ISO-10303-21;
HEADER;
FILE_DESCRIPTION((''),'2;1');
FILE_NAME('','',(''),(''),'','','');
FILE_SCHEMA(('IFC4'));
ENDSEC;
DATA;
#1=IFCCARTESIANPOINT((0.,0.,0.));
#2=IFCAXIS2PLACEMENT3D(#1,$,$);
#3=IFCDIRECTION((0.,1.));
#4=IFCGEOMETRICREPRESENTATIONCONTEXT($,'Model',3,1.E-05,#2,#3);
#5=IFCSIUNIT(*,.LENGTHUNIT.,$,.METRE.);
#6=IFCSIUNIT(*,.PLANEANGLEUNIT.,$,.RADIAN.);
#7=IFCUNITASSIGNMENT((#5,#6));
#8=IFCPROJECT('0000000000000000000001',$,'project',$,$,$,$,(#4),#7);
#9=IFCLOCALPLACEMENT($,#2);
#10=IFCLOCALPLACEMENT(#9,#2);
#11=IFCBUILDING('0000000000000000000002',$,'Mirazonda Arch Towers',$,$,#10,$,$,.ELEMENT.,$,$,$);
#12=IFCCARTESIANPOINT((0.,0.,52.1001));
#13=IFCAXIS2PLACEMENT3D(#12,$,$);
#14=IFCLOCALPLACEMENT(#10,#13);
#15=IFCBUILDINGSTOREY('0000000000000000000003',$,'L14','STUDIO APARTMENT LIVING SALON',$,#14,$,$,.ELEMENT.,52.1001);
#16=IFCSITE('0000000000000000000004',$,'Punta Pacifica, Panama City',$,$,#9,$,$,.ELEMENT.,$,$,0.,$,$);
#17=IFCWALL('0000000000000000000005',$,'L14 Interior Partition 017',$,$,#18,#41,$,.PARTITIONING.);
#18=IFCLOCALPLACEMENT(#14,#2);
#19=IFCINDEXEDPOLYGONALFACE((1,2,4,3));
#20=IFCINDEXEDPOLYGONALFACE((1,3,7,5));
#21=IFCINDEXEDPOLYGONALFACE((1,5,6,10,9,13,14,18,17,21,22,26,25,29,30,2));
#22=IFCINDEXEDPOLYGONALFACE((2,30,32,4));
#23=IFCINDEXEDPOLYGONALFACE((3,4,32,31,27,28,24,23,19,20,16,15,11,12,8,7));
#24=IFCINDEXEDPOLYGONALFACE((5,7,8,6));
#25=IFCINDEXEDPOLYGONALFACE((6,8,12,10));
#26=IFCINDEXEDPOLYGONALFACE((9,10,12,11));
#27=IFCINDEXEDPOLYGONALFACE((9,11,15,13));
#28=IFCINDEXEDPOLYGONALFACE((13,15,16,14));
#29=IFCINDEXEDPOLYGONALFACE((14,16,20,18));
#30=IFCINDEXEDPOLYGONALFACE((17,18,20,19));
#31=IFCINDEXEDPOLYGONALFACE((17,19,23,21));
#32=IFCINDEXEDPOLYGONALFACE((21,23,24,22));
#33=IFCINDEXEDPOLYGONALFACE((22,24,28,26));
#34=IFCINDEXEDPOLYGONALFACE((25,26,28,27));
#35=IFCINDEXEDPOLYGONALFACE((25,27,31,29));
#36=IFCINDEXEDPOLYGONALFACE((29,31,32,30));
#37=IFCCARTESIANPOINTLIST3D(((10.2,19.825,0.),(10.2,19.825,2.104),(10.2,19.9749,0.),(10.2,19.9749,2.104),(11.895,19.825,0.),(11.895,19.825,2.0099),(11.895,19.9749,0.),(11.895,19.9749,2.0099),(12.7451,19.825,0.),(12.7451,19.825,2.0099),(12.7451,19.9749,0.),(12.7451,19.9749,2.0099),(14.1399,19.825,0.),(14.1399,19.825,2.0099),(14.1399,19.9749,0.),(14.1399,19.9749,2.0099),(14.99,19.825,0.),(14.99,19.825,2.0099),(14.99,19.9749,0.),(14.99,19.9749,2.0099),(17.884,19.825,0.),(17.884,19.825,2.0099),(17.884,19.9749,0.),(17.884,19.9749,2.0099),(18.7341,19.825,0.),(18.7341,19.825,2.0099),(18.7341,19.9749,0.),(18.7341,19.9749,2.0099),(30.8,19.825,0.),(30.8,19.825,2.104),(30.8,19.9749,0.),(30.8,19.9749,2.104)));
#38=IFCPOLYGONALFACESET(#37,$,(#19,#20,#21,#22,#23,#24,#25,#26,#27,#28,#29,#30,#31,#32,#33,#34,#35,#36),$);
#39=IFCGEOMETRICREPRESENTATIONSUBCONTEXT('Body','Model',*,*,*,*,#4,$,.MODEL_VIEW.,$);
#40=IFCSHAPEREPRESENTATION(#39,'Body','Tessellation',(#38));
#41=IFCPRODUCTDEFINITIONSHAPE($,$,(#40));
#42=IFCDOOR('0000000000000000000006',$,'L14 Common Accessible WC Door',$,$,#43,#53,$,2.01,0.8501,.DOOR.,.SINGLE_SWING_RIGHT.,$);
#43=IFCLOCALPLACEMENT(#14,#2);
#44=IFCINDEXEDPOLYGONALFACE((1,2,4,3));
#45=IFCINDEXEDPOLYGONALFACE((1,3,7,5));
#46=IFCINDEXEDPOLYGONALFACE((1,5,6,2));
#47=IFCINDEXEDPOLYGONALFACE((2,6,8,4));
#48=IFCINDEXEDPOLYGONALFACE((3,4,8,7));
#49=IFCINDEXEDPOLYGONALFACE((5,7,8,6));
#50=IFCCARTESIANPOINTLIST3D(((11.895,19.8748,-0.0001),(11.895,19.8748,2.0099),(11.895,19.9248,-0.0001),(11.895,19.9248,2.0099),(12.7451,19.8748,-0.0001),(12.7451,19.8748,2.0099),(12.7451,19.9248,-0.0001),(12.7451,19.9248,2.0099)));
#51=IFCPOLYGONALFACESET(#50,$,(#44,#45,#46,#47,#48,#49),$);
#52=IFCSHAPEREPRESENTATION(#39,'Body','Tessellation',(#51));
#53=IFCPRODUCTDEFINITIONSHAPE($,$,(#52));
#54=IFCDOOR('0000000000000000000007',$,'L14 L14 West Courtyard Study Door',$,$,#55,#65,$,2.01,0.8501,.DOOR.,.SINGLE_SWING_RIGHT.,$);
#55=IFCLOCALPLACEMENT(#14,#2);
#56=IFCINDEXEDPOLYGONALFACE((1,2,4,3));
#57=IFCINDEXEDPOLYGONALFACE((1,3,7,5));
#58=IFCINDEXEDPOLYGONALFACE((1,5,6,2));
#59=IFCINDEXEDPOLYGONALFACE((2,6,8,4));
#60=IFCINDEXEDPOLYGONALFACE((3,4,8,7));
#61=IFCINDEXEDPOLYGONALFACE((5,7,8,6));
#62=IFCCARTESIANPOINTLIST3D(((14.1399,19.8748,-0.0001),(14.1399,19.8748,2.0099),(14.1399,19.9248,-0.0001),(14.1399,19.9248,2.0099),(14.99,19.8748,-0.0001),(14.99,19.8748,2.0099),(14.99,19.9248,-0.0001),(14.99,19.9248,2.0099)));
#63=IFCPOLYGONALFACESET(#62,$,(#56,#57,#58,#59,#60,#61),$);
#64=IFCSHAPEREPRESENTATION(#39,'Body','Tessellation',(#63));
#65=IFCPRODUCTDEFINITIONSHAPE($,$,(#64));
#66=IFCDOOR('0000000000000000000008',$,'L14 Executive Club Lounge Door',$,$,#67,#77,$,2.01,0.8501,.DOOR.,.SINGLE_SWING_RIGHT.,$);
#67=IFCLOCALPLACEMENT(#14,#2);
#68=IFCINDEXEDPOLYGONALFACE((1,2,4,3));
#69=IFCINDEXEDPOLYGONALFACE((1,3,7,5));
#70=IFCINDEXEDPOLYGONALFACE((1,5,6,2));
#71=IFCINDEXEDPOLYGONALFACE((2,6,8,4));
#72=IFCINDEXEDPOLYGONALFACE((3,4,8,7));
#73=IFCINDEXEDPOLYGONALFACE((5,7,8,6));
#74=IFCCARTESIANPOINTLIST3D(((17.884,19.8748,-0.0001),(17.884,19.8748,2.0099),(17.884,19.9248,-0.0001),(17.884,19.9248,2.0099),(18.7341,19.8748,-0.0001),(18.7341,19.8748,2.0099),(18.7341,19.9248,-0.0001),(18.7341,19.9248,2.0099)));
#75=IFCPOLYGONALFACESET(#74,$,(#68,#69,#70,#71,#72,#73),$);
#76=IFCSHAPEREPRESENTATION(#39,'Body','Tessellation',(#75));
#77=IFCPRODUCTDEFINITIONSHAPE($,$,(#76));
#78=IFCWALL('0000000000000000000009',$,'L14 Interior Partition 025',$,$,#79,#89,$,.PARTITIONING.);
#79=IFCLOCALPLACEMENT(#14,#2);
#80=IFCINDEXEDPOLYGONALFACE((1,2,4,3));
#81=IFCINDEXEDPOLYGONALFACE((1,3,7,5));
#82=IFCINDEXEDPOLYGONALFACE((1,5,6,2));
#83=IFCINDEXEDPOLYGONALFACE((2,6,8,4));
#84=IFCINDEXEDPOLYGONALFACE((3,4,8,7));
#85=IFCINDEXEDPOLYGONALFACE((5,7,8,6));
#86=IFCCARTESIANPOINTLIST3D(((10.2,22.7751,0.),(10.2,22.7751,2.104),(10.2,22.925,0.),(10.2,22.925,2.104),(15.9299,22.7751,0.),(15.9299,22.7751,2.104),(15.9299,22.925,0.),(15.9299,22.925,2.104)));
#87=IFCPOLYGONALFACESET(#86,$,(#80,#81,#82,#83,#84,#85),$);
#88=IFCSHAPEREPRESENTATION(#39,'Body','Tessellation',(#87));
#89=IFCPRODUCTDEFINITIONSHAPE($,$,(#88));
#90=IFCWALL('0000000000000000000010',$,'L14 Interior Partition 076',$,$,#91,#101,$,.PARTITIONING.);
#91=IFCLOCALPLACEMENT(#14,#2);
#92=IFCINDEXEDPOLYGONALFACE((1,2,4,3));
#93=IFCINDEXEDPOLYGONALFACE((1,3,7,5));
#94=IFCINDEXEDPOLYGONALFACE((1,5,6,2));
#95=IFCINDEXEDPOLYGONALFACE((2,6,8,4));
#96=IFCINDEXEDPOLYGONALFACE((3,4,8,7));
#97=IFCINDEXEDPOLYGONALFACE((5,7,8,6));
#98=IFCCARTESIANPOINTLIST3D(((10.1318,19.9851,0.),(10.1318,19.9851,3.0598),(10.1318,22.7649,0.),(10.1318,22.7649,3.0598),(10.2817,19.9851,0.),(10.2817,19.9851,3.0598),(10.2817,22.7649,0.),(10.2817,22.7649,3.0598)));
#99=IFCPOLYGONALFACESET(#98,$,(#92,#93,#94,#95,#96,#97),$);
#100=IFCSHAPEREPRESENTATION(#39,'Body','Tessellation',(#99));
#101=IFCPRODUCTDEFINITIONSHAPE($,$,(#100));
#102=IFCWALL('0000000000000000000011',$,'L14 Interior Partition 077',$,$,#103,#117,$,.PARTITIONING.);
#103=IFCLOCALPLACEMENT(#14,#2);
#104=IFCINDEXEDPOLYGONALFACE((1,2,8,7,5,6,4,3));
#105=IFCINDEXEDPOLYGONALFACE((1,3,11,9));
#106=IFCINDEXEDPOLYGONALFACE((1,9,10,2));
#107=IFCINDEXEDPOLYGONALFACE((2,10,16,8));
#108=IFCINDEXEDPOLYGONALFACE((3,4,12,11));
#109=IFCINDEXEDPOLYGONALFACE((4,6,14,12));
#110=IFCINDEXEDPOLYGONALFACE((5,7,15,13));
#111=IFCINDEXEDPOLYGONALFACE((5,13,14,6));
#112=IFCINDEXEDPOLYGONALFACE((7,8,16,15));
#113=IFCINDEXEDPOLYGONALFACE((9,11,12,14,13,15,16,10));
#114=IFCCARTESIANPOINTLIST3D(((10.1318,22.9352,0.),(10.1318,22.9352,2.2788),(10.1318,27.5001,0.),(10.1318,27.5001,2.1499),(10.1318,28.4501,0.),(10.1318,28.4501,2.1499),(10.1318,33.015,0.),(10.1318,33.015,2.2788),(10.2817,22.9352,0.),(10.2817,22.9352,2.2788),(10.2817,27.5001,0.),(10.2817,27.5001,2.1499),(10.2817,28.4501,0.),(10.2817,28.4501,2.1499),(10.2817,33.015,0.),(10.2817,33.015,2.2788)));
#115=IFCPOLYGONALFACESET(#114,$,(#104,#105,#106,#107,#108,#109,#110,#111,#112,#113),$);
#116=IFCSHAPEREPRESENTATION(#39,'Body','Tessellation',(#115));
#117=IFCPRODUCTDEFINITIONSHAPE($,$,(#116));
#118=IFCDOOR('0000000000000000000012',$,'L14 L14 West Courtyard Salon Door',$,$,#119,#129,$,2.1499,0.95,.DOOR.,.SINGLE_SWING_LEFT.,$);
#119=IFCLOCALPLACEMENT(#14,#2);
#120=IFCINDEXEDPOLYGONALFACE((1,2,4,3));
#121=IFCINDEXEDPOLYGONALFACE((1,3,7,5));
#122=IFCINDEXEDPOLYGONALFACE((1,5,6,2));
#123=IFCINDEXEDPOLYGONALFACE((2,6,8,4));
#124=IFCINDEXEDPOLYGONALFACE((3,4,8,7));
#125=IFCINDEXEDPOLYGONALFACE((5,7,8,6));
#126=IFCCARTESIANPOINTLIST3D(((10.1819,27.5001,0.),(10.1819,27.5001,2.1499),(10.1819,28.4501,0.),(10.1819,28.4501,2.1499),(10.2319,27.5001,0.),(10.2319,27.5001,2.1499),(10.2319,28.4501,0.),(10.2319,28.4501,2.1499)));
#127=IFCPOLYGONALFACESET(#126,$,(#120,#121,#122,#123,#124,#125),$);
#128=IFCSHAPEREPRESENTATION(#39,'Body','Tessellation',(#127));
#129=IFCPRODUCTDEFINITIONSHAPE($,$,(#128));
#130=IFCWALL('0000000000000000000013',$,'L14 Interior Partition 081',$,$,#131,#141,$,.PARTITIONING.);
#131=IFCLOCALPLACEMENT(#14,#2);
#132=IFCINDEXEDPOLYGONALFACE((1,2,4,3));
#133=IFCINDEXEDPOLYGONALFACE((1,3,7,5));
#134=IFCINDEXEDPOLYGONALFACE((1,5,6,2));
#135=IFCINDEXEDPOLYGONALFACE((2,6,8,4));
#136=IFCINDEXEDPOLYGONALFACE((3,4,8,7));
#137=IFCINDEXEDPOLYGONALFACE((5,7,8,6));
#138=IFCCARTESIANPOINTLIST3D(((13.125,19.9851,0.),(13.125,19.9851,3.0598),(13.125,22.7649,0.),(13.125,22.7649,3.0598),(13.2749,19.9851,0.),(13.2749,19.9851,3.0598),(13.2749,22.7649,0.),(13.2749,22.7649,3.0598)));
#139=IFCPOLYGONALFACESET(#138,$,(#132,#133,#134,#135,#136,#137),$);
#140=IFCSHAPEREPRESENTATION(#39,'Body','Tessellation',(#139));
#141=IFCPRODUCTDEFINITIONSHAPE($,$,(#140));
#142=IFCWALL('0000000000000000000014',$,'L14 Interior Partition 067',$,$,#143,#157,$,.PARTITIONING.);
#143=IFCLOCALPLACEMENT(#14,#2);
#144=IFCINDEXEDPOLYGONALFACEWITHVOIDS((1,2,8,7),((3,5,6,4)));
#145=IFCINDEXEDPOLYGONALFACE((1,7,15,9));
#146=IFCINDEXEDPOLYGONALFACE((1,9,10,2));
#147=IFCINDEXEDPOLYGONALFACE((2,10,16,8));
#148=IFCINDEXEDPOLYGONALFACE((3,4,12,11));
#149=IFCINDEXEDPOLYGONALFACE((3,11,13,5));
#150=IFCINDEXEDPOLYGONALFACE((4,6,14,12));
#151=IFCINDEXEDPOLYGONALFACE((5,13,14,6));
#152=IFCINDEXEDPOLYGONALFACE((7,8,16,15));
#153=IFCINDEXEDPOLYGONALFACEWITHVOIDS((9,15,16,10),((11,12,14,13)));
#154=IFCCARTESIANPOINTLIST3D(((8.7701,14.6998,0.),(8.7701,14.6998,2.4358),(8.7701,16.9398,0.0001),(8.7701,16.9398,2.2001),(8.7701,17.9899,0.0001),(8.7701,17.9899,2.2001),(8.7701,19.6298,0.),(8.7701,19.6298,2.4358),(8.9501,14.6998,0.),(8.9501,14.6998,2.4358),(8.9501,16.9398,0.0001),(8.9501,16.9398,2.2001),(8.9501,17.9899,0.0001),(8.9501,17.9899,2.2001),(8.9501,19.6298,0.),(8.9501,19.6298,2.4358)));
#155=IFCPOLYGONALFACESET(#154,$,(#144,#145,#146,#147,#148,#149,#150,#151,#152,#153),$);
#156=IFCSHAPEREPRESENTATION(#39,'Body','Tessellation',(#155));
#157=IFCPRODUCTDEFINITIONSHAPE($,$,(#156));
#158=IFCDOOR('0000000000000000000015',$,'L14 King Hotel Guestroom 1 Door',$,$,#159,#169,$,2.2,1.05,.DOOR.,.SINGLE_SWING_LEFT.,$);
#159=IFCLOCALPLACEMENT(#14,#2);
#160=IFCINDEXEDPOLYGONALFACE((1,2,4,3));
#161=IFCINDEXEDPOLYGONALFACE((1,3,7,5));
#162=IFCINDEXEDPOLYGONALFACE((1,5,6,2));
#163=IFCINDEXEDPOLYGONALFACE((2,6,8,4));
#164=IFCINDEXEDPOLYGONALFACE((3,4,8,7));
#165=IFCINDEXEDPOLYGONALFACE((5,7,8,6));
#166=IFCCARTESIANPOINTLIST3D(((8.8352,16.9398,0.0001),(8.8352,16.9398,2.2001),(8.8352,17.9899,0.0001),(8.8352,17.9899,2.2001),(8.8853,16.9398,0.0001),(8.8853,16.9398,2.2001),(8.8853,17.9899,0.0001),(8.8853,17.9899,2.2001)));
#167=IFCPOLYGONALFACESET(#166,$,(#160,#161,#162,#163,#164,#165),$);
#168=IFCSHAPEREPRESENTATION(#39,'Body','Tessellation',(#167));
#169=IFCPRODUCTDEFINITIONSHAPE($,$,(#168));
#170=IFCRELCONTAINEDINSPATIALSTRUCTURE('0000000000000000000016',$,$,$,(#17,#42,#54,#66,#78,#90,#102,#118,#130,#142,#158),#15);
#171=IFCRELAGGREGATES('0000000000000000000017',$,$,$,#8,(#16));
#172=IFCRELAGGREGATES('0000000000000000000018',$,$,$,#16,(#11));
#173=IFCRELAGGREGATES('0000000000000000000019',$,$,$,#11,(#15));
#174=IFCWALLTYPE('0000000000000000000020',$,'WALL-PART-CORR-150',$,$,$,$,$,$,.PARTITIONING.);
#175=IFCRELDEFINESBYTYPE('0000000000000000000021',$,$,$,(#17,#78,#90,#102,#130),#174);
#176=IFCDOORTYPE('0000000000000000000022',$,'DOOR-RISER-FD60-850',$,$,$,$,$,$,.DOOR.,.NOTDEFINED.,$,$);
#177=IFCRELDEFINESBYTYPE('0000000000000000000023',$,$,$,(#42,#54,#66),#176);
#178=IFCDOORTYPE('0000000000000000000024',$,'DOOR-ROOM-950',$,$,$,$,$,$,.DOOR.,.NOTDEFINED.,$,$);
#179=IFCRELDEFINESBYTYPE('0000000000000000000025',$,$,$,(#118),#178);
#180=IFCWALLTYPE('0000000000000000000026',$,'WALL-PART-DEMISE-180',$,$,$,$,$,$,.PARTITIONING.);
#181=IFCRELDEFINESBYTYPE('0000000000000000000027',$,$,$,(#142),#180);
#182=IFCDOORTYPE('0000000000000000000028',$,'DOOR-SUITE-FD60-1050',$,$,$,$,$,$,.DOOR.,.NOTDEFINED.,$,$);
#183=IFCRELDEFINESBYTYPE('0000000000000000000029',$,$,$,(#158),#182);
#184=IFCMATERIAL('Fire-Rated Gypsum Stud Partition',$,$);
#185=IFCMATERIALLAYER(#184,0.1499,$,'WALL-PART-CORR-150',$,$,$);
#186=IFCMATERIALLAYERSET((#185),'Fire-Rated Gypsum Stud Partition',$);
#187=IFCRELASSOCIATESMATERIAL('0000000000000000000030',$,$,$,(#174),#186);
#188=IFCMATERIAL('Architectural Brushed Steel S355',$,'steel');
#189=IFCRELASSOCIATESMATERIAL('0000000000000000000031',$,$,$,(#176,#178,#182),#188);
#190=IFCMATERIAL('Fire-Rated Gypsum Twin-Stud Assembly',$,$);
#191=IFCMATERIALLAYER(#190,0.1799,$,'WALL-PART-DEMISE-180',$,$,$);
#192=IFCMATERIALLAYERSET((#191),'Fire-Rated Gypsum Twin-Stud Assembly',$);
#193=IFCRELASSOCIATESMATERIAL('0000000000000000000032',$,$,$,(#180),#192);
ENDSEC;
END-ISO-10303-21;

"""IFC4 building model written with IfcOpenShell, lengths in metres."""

from ifc_helpers import new_model, si_unit, direction, frame, frame_2d, origin, place, context, subcontext, project, spatial, rectangle, extrude, material, layer, layer_set, type_object, element, fill, save


model = new_model("IFC4")

# Units and contexts
model_context = context("Model", 3, precision=1e-05, world=origin(), true_north=direction((0.0, 1.0)))
body_context = subcontext(model_context, "Body", "Model", "MODEL_VIEW")
ifc_project = project(units=[si_unit("LENGTHUNIT", "METRE"), si_unit("PLANEANGLEUNIT", "RADIAN")], contexts=[model_context])

# Site, building, storey
site_placement = place(None, origin())
site = spatial("IfcSite", under=ifc_project, at=site_placement, Name="Punta Pacifica, Panama City", CompositionType="ELEMENT", RefElevation=0.0)
building_placement = place(site_placement, origin())
building = spatial("IfcBuilding", under=site, at=building_placement, Name="Mirazonda Arch Towers", CompositionType="ELEMENT")
storey_placement = place(building_placement, frame((0.0, 0.0, 52.1001)))
storey = spatial("IfcBuildingStorey", under=building, at=storey_placement, Name="L14", Description="STUDIO APARTMENT LIVING SALON", CompositionType="ELEMENT", Elevation=52.1001)

# Shared definitions
ifc_material_1 = material(Name="Architectural Brushed Steel S355", Category="steel")

# Shared definitions
ifc_material_2 = material(Name="Fire-Rated Gypsum Stud Partition")
ifc_layer_1 = layer(ifc_material_2, 0.1499, Name="WALL-PART-CORR-150")
ifc_layer_set_1 = layer_set([ifc_layer_1], Name="Fire-Rated Gypsum Stud Partition")
wall_type_1 = type_object("IfcWallType", Name="WALL-PART-CORR-150", PredefinedType="PARTITIONING", material=ifc_layer_set_1)

# Wall, openings, doors
wall_1_placement = place(storey_placement, frame((10.2, 19.8999, 0.0), z_axis=(0.0, 0.0, 1.0), x_axis=(1.0, 0.0, 0.0)))
wall_1 = element("IfcWall", 1, at=wall_1_placement, inside=storey, type_object=wall_type_1, Name="L14 Interior Partition 017", PredefinedType="PARTITIONING", context=body_context, shape_type="SweptSolid", body=[
    extrude(rectangle(XDim=20.6001, YDim=0.1499, at=frame_2d((10.3, 0.0))), origin(), (0.0, 0.0, 1.0), 2.104),
])
opening_1_placement = place(wall_1_placement, frame((1.6951, 0.0, 0.0)))
opening_1 = element("IfcOpeningElement", 2, at=opening_1_placement, cuts=wall_1, PredefinedType="OPENING", context=body_context, shape_type="SweptSolid", body=[
    extrude(rectangle(XDim=0.8501, YDim=2.01, at=frame_2d((0.425, 1.0049))), frame((0.0, 0.085, 0.0), z_axis=(0.0, -1.0, 0.0), x_axis=(1.0, 0.0, 0.0)), (0.0, 0.0, 1.0), 0.1699),
])
opening_2_placement = place(wall_1_placement, frame((3.9399, 0.0, 0.0)))
opening_2 = element("IfcOpeningElement", 3, at=opening_2_placement, cuts=wall_1, PredefinedType="OPENING", context=body_context, shape_type="SweptSolid", body=[
    extrude(rectangle(XDim=0.8501, YDim=2.01, at=frame_2d((0.425, 1.0049))), frame((0.0, 0.085, 0.0), z_axis=(0.0, -1.0, 0.0), x_axis=(1.0, 0.0, 0.0)), (0.0, 0.0, 1.0), 0.1699),
])
opening_3_placement = place(wall_1_placement, frame((7.6841, 0.0, 0.0)))
opening_3 = element("IfcOpeningElement", 4, at=opening_3_placement, cuts=wall_1, PredefinedType="OPENING", context=body_context, shape_type="SweptSolid", body=[
    extrude(rectangle(XDim=0.8501, YDim=2.01, at=frame_2d((0.425, 1.0049))), frame((0.0, 0.085, 0.0), z_axis=(0.0, -1.0, 0.0), x_axis=(1.0, 0.0, 0.0)), (0.0, 0.0, 1.0), 0.1699),
])
door_type_1 = type_object("IfcDoorType", Name="DOOR-RISER-FD60-850", OperationType="NOTDEFINED", PredefinedType="DOOR", material=ifc_material_1)
door_1_placement = place(opening_1_placement, origin())
door_1 = element("IfcDoor", 5, at=door_1_placement, inside=storey, type_object=door_type_1, Name="L14 Common Accessible WC Door", OperationType="SINGLE_SWING_RIGHT", OverallHeight=2.01, OverallWidth=0.8501, PredefinedType="DOOR", context=body_context, shape_type="SweptSolid", body=[
    extrude(rectangle(XDim=0.8501, YDim=2.01, at=frame_2d((0.425, 1.0049))), frame((0.0, 0.0249, 0.0), z_axis=(0.0, -1.0, 0.0), x_axis=(1.0, 0.0, 0.0)), (0.0, 0.0, 1.0), 0.05),
])
fill(opening_1, door_1)
door_2_placement = place(opening_2_placement, origin())
door_2 = element("IfcDoor", 6, at=door_2_placement, inside=storey, type_object=door_type_1, Name="L14 L14 West Courtyard Study Door", OperationType="SINGLE_SWING_RIGHT", OverallHeight=2.01, OverallWidth=0.8501, PredefinedType="DOOR", context=body_context, shape_type="SweptSolid", body=[
    extrude(rectangle(XDim=0.8501, YDim=2.01, at=frame_2d((0.425, 1.0049))), frame((0.0, 0.0249, 0.0), z_axis=(0.0, -1.0, 0.0), x_axis=(1.0, 0.0, 0.0)), (0.0, 0.0, 1.0), 0.05),
])
fill(opening_2, door_2)
door_3_placement = place(opening_3_placement, origin())
door_3 = element("IfcDoor", 7, at=door_3_placement, inside=storey, type_object=door_type_1, Name="L14 Executive Club Lounge Door", OperationType="SINGLE_SWING_RIGHT", OverallHeight=2.01, OverallWidth=0.8501, PredefinedType="DOOR", context=body_context, shape_type="SweptSolid", body=[
    extrude(rectangle(XDim=0.8501, YDim=2.01, at=frame_2d((0.425, 1.0049))), frame((0.0, 0.0249, 0.0), z_axis=(0.0, -1.0, 0.0), x_axis=(1.0, 0.0, 0.0)), (0.0, 0.0, 1.0), 0.05),
])
fill(opening_3, door_3)

# Walls
wall_2_placement = place(storey_placement, frame((10.2, 22.8501, 0.0), z_axis=(0.0, 0.0, 1.0), x_axis=(1.0, 0.0, 0.0)))
element("IfcWall", 8, at=wall_2_placement, inside=storey, type_object=wall_type_1, Name="L14 Interior Partition 025", PredefinedType="PARTITIONING", context=body_context, shape_type="SweptSolid", body=[
    extrude(rectangle(XDim=5.73, YDim=0.1499, at=frame_2d((2.865, 0.0))), origin(), (0.0, 0.0, 1.0), 2.104),
])
wall_3_placement = place(storey_placement, frame((10.2068, 19.9851, 0.0), z_axis=(0.0, 0.0, 1.0), x_axis=(0.0, 1.0, 0.0)))
element("IfcWall", 9, at=wall_3_placement, inside=storey, type_object=wall_type_1, Name="L14 Interior Partition 076", PredefinedType="PARTITIONING", context=body_context, shape_type="SweptSolid", body=[
    extrude(rectangle(XDim=2.7798, YDim=0.1499, at=frame_2d((1.3899, 0.0))), origin(), (0.0, 0.0, 1.0), 3.0598),
])

# Wall, opening, door
wall_4_placement = place(storey_placement, frame((10.2068, 22.9351, 0.0), z_axis=(0.0, 0.0, 1.0), x_axis=(0.0, 1.0, 0.0)))
wall_4 = element("IfcWall", 10, at=wall_4_placement, inside=storey, type_object=wall_type_1, Name="L14 Interior Partition 077", PredefinedType="PARTITIONING", context=body_context, shape_type="SweptSolid", body=[
    extrude(rectangle(XDim=10.0798, YDim=0.1499, at=frame_2d((5.04, 0.0))), origin(), (0.0, 0.0, 1.0), 2.2788),
])
opening_4_placement = place(wall_4_placement, frame((4.5649, 0.0, 0.0)))
opening_4 = element("IfcOpeningElement", 11, at=opening_4_placement, cuts=wall_4, PredefinedType="OPENING", context=body_context, shape_type="SweptSolid", body=[
    extrude(rectangle(XDim=0.95, YDim=2.1499, at=frame_2d((0.4751, 1.075))), frame((0.0, 0.085, 0.0), z_axis=(0.0, -1.0, 0.0), x_axis=(1.0, 0.0, 0.0)), (0.0, 0.0, 1.0), 0.1699),
])
door_type_2 = type_object("IfcDoorType", Name="DOOR-ROOM-950", OperationType="NOTDEFINED", PredefinedType="DOOR", material=ifc_material_1)
door_4_placement = place(opening_4_placement, origin())
door_4 = element("IfcDoor", 12, at=door_4_placement, inside=storey, type_object=door_type_2, Name="L14 L14 West Courtyard Salon Door", OperationType="SINGLE_SWING_LEFT", OverallHeight=2.1499, OverallWidth=0.95, PredefinedType="DOOR", context=body_context, shape_type="SweptSolid", body=[
    extrude(rectangle(XDim=0.95, YDim=2.1499, at=frame_2d((0.4751, 1.075))), frame((0.0, 0.0249, 0.0), z_axis=(0.0, -1.0, 0.0), x_axis=(1.0, 0.0, 0.0)), (0.0, 0.0, 1.0), 0.05),
])
fill(opening_4, door_4)

# Wall
wall_5_placement = place(storey_placement, frame((13.2, 19.9851, 0.0), z_axis=(0.0, 0.0, 1.0), x_axis=(0.0, 1.0, 0.0)))
element("IfcWall", 13, at=wall_5_placement, inside=storey, type_object=wall_type_1, Name="L14 Interior Partition 081", PredefinedType="PARTITIONING", context=body_context, shape_type="SweptSolid", body=[
    extrude(rectangle(XDim=2.7798, YDim=0.1499, at=frame_2d((1.3899, 0.0))), origin(), (0.0, 0.0, 1.0), 3.0598),
])

# Wall, opening, door
ifc_material_3 = material(Name="Fire-Rated Gypsum Twin-Stud Assembly")
ifc_layer_2 = layer(ifc_material_3, 0.1799, Name="WALL-PART-DEMISE-180")
ifc_layer_set_2 = layer_set([ifc_layer_2], Name="Fire-Rated Gypsum Twin-Stud Assembly")
wall_type_2 = type_object("IfcWallType", Name="WALL-PART-DEMISE-180", PredefinedType="PARTITIONING", material=ifc_layer_set_2)
wall_6_placement = place(storey_placement, frame((8.8601, 14.7, 0.0), z_axis=(0.0, 0.0, 1.0), x_axis=(0.0, 1.0, 0.0)))
wall_6 = element("IfcWall", 14, at=wall_6_placement, inside=storey, type_object=wall_type_2, Name="L14 Interior Partition 067", PredefinedType="PARTITIONING", context=body_context, shape_type="SweptSolid", body=[
    extrude(rectangle(XDim=4.9299, YDim=0.1799, at=frame_2d((2.4648, 0.0))), origin(), (0.0, 0.0, 1.0), 2.4358),
])
opening_5_placement = place(wall_6_placement, frame((2.24, 0.0, 0.0)))
opening_5 = element("IfcOpeningElement", 15, at=opening_5_placement, cuts=wall_6, PredefinedType="OPENING", context=body_context, shape_type="SweptSolid", body=[
    extrude(rectangle(XDim=1.05, YDim=2.2, at=frame_2d((0.5249, 1.1001))), frame((0.0, 0.0999, 0.0), z_axis=(0.0, -1.0, 0.0), x_axis=(1.0, 0.0, 0.0)), (0.0, 0.0, 1.0), 0.2),
])
door_type_3 = type_object("IfcDoorType", Name="DOOR-SUITE-FD60-1050", OperationType="NOTDEFINED", PredefinedType="DOOR", material=ifc_material_1)
door_5_placement = place(opening_5_placement, origin())
door_5 = element("IfcDoor", 16, at=door_5_placement, inside=storey, type_object=door_type_3, Name="L14 King Hotel Guestroom 1 Door", OperationType="SINGLE_SWING_LEFT", OverallHeight=2.2, OverallWidth=1.05, PredefinedType="DOOR", context=body_context, shape_type="SweptSolid", body=[
    extrude(rectangle(XDim=1.05, YDim=2.2, at=frame_2d((0.5249, 1.1001))), frame((0.0, 0.0249, 0.0), z_axis=(0.0, -1.0, 0.0), x_axis=(1.0, 0.0, 0.0)), (0.0, 0.0, 1.0), 0.05),
])
fill(opening_5, door_5)

save(model, "model.ifc")
